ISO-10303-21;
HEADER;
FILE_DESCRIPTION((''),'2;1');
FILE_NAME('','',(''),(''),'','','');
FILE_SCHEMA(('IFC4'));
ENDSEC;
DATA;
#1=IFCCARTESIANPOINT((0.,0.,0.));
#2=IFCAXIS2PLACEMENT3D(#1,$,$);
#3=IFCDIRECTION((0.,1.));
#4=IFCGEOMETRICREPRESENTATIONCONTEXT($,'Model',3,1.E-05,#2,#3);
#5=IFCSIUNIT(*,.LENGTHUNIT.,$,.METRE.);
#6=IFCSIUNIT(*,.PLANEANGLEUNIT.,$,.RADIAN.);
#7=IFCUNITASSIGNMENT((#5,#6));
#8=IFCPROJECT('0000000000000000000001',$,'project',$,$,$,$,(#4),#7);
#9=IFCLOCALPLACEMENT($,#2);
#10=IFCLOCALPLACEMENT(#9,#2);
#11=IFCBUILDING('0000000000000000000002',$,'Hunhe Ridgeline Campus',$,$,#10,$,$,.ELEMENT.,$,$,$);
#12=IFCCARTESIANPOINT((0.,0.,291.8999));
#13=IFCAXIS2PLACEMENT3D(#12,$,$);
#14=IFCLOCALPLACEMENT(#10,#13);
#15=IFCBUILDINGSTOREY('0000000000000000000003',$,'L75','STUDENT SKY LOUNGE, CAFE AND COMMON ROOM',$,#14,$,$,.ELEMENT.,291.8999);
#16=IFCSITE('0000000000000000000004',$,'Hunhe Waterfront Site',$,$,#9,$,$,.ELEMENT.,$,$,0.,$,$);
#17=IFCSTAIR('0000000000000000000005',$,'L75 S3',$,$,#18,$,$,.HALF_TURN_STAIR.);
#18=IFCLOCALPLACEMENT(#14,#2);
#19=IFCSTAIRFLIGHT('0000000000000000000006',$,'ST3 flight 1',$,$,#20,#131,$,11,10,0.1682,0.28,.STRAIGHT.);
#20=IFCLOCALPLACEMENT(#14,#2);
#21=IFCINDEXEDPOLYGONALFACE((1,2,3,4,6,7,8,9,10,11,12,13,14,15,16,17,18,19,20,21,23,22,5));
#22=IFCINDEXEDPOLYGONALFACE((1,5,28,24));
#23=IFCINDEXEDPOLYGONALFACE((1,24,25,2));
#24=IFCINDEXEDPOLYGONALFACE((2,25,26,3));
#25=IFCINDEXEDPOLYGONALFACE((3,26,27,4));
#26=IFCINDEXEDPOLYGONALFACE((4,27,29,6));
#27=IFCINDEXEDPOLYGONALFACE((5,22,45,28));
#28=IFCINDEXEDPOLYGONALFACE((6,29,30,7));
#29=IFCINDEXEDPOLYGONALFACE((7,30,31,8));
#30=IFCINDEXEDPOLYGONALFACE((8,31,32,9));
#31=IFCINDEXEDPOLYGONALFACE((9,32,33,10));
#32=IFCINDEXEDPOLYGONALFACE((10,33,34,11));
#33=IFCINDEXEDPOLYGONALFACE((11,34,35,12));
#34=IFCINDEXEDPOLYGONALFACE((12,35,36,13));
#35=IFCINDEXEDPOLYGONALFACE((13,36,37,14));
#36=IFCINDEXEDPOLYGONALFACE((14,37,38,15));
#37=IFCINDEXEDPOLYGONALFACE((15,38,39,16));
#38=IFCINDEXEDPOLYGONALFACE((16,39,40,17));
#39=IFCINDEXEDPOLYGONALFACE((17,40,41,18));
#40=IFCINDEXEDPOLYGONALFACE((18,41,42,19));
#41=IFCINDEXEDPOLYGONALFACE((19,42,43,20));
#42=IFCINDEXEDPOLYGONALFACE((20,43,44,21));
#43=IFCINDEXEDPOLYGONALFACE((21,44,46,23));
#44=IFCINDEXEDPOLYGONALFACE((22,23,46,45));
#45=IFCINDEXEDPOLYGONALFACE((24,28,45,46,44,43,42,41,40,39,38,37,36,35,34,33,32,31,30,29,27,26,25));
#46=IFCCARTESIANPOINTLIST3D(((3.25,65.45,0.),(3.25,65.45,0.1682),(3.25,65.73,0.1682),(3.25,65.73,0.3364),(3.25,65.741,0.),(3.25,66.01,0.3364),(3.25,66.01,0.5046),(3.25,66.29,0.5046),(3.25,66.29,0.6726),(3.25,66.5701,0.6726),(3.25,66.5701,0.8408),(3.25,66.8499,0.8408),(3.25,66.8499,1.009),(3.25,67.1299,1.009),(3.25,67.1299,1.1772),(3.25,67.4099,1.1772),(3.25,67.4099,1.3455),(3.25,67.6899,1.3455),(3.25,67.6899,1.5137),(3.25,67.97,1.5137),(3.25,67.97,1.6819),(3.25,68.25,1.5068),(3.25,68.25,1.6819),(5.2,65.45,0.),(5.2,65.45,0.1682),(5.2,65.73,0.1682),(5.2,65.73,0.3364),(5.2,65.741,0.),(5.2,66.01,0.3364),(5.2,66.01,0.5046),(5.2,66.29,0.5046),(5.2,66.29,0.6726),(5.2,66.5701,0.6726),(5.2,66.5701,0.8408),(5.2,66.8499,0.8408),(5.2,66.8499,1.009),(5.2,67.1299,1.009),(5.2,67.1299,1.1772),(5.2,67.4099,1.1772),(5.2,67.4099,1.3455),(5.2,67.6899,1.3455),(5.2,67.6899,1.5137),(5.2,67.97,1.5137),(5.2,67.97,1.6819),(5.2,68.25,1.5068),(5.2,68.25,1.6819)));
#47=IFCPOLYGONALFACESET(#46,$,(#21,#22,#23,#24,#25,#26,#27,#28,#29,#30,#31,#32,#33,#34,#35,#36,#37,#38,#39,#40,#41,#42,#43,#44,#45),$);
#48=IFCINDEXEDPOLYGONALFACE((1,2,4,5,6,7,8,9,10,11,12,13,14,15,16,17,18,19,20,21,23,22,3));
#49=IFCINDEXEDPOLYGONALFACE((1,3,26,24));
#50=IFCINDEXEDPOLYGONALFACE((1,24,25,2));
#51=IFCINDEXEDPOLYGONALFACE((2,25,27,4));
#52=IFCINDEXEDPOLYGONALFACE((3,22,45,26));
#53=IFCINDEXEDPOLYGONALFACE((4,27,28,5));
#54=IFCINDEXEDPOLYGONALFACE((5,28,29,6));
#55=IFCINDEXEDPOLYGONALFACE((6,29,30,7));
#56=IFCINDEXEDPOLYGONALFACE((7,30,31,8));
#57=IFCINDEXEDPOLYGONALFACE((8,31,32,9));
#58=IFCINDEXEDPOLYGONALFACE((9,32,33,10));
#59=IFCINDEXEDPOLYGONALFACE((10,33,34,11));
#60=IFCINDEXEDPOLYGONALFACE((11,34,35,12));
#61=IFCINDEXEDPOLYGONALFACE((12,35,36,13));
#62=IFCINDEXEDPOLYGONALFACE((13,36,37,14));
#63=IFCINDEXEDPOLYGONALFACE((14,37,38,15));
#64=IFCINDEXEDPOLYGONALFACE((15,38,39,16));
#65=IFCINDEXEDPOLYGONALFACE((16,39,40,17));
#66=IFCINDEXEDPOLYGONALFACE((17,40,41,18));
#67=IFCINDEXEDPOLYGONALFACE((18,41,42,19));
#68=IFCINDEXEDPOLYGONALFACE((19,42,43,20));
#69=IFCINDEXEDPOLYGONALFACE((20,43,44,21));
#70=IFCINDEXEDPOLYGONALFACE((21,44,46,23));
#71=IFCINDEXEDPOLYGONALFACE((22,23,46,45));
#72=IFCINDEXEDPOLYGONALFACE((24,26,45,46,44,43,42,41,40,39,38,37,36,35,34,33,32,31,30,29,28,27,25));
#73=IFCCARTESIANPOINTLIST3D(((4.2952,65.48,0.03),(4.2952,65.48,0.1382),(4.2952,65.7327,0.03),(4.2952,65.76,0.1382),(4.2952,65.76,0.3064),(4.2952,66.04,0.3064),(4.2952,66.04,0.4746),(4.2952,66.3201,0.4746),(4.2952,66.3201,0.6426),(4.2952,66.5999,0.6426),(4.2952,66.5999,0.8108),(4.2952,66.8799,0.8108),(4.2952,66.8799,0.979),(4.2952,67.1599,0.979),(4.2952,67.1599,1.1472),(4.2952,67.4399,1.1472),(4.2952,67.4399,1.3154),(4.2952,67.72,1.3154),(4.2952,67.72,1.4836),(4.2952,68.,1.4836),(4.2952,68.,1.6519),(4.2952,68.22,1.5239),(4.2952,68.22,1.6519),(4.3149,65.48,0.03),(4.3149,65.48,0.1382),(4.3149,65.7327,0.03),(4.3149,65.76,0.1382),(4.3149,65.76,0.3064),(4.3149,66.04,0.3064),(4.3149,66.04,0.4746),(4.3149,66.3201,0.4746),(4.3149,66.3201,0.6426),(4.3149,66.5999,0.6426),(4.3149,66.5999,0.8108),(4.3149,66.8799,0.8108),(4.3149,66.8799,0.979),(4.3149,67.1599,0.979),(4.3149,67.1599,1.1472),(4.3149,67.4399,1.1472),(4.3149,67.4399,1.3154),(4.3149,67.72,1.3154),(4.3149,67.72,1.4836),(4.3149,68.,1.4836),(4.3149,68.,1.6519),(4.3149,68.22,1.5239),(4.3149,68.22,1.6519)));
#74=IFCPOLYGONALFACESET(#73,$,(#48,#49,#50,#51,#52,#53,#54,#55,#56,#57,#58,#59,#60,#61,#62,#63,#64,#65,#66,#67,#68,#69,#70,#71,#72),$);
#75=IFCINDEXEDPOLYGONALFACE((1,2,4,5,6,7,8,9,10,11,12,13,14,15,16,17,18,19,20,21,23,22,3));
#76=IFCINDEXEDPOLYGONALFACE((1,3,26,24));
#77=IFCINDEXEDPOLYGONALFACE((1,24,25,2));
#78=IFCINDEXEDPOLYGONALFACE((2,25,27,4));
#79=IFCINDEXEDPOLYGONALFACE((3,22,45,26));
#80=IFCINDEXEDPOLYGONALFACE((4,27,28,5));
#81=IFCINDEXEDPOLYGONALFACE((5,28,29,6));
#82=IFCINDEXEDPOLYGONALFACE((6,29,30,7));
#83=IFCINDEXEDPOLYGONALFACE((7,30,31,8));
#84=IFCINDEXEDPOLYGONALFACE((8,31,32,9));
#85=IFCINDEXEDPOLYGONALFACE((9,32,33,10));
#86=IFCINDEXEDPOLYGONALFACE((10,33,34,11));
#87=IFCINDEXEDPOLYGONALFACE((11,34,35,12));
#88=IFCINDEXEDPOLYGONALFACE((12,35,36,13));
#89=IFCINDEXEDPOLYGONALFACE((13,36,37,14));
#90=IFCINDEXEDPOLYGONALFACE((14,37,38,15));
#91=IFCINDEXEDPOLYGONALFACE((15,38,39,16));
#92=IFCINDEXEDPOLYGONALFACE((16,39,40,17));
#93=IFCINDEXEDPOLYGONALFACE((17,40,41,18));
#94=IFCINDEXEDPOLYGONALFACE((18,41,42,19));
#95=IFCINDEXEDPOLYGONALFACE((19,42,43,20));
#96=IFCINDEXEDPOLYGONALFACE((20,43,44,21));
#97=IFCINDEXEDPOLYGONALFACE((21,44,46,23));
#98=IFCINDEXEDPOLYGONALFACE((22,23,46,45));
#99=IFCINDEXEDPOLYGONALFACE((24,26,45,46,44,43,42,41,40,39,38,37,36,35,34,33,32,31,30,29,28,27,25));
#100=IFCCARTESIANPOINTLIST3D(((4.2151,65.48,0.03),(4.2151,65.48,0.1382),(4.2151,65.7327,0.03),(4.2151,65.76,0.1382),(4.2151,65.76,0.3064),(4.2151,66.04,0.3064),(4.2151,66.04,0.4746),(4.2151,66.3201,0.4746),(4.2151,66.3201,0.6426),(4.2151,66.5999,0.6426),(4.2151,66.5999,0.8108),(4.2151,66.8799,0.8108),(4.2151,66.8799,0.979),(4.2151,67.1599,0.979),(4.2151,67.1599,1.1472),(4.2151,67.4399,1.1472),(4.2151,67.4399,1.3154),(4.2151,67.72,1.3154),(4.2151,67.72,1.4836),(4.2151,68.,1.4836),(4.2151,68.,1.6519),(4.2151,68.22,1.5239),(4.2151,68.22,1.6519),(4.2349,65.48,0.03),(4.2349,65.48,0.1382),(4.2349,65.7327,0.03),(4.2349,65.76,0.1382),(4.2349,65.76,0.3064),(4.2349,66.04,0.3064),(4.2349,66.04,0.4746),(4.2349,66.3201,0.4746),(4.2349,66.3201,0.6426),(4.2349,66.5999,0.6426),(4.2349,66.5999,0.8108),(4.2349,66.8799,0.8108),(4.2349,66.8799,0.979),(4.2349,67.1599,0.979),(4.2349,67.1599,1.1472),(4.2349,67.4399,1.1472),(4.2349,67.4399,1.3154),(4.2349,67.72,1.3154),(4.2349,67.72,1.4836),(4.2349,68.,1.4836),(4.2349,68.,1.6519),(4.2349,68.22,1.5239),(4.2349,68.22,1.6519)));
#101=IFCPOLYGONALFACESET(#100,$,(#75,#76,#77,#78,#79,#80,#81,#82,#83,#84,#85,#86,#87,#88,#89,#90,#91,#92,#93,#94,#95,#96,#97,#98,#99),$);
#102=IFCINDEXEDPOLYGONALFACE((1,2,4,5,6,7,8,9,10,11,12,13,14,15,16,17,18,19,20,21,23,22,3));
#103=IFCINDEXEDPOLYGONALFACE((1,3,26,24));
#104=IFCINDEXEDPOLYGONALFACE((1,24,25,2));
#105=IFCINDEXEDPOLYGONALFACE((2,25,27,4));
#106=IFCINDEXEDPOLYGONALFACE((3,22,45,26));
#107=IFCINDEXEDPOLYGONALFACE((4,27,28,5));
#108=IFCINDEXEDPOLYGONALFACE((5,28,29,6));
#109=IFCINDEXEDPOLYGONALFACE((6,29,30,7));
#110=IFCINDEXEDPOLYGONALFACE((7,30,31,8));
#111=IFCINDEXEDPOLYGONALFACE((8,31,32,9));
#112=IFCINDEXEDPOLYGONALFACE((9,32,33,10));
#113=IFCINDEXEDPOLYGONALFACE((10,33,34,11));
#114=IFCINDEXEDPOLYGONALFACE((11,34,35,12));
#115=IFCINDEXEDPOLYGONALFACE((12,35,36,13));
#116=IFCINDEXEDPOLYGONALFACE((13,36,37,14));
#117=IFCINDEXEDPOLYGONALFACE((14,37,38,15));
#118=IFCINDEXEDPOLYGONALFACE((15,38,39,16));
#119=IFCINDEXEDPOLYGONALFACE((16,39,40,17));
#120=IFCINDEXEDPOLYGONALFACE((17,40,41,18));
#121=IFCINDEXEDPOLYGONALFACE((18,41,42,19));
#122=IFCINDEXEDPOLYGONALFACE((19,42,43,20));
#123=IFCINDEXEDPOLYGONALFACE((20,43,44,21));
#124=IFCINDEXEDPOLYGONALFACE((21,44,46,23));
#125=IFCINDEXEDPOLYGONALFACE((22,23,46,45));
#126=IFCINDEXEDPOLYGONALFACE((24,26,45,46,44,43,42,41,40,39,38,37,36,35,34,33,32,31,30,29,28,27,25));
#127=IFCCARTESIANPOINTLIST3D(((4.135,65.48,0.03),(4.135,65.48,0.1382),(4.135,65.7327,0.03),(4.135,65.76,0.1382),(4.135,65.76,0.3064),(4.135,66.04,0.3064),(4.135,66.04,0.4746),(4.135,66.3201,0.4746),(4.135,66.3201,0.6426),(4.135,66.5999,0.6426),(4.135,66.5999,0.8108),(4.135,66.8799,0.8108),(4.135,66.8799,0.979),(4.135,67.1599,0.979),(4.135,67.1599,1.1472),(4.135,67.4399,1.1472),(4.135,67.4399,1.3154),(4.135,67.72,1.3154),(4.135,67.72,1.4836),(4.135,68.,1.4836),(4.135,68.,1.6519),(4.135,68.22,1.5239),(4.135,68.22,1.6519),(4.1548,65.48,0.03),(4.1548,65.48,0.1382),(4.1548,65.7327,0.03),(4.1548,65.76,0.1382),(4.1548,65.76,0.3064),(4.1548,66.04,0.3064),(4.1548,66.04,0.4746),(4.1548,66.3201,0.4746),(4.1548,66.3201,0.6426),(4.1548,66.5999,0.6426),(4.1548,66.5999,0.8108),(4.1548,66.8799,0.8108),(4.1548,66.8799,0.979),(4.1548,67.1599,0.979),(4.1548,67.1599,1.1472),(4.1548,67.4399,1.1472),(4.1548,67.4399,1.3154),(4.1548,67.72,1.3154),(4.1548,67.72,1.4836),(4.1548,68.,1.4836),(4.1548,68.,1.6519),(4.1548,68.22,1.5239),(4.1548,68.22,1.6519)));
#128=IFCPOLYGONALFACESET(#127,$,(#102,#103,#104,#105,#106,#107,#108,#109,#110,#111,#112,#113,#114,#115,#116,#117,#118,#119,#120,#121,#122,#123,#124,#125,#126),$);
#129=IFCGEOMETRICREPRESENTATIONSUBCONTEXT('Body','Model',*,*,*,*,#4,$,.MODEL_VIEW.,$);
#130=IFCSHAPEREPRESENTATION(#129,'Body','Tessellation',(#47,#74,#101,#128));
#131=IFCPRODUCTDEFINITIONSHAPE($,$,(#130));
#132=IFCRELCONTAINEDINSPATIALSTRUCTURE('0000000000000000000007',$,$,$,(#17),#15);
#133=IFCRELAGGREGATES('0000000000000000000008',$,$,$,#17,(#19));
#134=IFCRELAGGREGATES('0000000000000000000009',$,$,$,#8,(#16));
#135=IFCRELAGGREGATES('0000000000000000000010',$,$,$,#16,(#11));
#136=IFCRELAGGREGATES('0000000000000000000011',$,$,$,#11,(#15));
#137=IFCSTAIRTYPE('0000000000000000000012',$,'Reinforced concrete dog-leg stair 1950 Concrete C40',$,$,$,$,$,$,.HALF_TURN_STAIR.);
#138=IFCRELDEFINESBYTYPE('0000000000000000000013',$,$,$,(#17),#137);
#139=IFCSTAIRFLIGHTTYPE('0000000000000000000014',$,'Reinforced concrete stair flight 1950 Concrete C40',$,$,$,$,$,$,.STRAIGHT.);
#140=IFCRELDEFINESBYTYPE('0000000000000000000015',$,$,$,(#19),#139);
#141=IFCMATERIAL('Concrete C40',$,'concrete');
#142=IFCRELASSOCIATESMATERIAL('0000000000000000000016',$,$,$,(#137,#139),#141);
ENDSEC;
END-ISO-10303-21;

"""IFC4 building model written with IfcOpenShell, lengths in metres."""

from ifc_helpers import new_model, si_unit, direction, frame, origin, place, context, subcontext, project, spatial, polyline, outline, extrude, material, type_object, element, aggregate, save


model = new_model("IFC4")

# Units and contexts
model_context = context("Model", 3, precision=1e-05, world=origin(), true_north=direction((0.0, 1.0)))
body_context = subcontext(model_context, "Body", "Model", "MODEL_VIEW")
ifc_project = project(units=[si_unit("LENGTHUNIT", "METRE"), si_unit("PLANEANGLEUNIT", "RADIAN")], contexts=[model_context])

# Site, building, storey
site_placement = place(None, origin())
site = spatial("IfcSite", under=ifc_project, at=site_placement, Name="Hunhe Waterfront Site", CompositionType="ELEMENT", RefElevation=0.0)
building_placement = place(site_placement, origin())
building = spatial("IfcBuilding", under=site, at=building_placement, Name="Hunhe Ridgeline Campus", CompositionType="ELEMENT")
storey_placement = place(building_placement, frame((0.0, 0.0, 291.8999)))
storey = spatial("IfcBuildingStorey", under=building, at=storey_placement, Name="L75", Description="STUDENT SKY LOUNGE, CAFE AND COMMON ROOM", CompositionType="ELEMENT", Elevation=291.8999)

# Stair, stair flight
ifc_material_1 = material(Name="Concrete C40", Category="concrete")
stair_type = type_object("IfcStairType", Name="Reinforced concrete dog-leg stair 1950 Concrete C40", PredefinedType="HALF_TURN_STAIR", material=ifc_material_1)
stair_1_placement = place(storey_placement, origin())
stair_1 = element("IfcStair", 1, at=stair_1_placement, inside=storey, type_object=stair_type, Name="L75 S3", PredefinedType="HALF_TURN_STAIR")
stair_flight_type = type_object("IfcStairFlightType", Name="Reinforced concrete stair flight 1950 Concrete C40", PredefinedType="STRAIGHT", material=ifc_material_1)
stair_flight_1_placement = place(storey_placement, frame((4.2251, 65.45, 0.0), z_axis=(0.0, 0.0, 1.0), x_axis=(0.0, 1.0, 0.0)))
stair_flight_1 = element("IfcStairFlight", 2, at=stair_flight_1_placement, type_object=stair_flight_type, Name="ST3 flight 1", NumberOfRisers=11, NumberOfTreads=10, PredefinedType="STRAIGHT", RiserHeight=0.1682, TreadLength=0.28, context=body_context, shape_type="SweptSolid", body=[
    extrude(outline(polyline([(0.0, 0.0), (0.0, 0.1682), (0.28, 0.1682), (0.28, 0.3364), (0.5601, 0.3364), (0.5601, 0.5046), (0.8401, 0.5046), (0.8401, 0.6726), (1.1201, 0.6726), (1.1201, 0.8408), (1.3999, 0.8408), (1.3999, 1.009), (1.6799, 1.009), (1.6799, 1.1772), (1.96, 1.1772), (1.96, 1.3455), (2.24, 1.3455), (2.24, 1.5137), (2.52, 1.5137), (2.52, 1.6819), (2.8, 1.6819), (2.8, 1.8501), (2.8, 1.5068), (0.291, 0.0), (0.0, 0.0)])), frame((0.0, 0.9751, 0.0), z_axis=(0.0, -1.0, 0.0), x_axis=(1.0, 0.0, 0.0)), (0.0, 0.0, 1.0), 1.95),
    extrude(outline(polyline([(0.03, 0.03), (0.03, 0.1382), (0.3101, 0.1382), (0.3101, 0.3064), (0.5901, 0.3064), (0.5901, 0.4746), (0.8701, 0.4746), (0.8701, 0.6426), (1.1499, 0.6426), (1.1499, 0.8108), (1.4299, 0.8108), (1.4299, 0.979), (1.71, 0.979), (1.71, 1.1472), (1.99, 1.1472), (1.99, 1.3154), (2.27, 1.3154), (2.27, 1.4836), (2.55, 1.4836), (2.55, 1.6519), (2.77, 1.6519), (2.77, 1.5239), (0.2827, 0.03), (0.03, 0.03)])), frame((0.0, -0.0701, 0.0), z_axis=(0.0, -1.0, 0.0), x_axis=(1.0, 0.0, 0.0)), (0.0, 0.0, 1.0), 0.0198),
    extrude(outline(polyline([(0.03, 0.03), (0.03, 0.1382), (0.3101, 0.1382), (0.3101, 0.3064), (0.5901, 0.3064), (0.5901, 0.4746), (0.8701, 0.4746), (0.8701, 0.6426), (1.1499, 0.6426), (1.1499, 0.8108), (1.4299, 0.8108), (1.4299, 0.979), (1.71, 0.979), (1.71, 1.1472), (1.99, 1.1472), (1.99, 1.3154), (2.27, 1.3154), (2.27, 1.4836), (2.55, 1.4836), (2.55, 1.6519), (2.77, 1.6519), (2.77, 1.5239), (0.2827, 0.03), (0.03, 0.03)])), frame((0.0, 0.01, 0.0), z_axis=(0.0, -1.0, 0.0), x_axis=(1.0, 0.0, 0.0)), (0.0, 0.0, 1.0), 0.0198),
    extrude(outline(polyline([(0.03, 0.03), (0.03, 0.1382), (0.3101, 0.1382), (0.3101, 0.3064), (0.5901, 0.3064), (0.5901, 0.4746), (0.8701, 0.4746), (0.8701, 0.6426), (1.1499, 0.6426), (1.1499, 0.8108), (1.4299, 0.8108), (1.4299, 0.979), (1.71, 0.979), (1.71, 1.1472), (1.99, 1.1472), (1.99, 1.3154), (2.27, 1.3154), (2.27, 1.4836), (2.55, 1.4836), (2.55, 1.6519), (2.77, 1.6519), (2.77, 1.5239), (0.2827, 0.03), (0.03, 0.03)])), frame((0.0, 0.0901, 0.0), z_axis=(0.0, -1.0, 0.0), x_axis=(1.0, 0.0, 0.0)), (0.0, 0.0, 1.0), 0.0198),
])
aggregate(stair_1, [stair_flight_1])

save(model, "model.ifc")
